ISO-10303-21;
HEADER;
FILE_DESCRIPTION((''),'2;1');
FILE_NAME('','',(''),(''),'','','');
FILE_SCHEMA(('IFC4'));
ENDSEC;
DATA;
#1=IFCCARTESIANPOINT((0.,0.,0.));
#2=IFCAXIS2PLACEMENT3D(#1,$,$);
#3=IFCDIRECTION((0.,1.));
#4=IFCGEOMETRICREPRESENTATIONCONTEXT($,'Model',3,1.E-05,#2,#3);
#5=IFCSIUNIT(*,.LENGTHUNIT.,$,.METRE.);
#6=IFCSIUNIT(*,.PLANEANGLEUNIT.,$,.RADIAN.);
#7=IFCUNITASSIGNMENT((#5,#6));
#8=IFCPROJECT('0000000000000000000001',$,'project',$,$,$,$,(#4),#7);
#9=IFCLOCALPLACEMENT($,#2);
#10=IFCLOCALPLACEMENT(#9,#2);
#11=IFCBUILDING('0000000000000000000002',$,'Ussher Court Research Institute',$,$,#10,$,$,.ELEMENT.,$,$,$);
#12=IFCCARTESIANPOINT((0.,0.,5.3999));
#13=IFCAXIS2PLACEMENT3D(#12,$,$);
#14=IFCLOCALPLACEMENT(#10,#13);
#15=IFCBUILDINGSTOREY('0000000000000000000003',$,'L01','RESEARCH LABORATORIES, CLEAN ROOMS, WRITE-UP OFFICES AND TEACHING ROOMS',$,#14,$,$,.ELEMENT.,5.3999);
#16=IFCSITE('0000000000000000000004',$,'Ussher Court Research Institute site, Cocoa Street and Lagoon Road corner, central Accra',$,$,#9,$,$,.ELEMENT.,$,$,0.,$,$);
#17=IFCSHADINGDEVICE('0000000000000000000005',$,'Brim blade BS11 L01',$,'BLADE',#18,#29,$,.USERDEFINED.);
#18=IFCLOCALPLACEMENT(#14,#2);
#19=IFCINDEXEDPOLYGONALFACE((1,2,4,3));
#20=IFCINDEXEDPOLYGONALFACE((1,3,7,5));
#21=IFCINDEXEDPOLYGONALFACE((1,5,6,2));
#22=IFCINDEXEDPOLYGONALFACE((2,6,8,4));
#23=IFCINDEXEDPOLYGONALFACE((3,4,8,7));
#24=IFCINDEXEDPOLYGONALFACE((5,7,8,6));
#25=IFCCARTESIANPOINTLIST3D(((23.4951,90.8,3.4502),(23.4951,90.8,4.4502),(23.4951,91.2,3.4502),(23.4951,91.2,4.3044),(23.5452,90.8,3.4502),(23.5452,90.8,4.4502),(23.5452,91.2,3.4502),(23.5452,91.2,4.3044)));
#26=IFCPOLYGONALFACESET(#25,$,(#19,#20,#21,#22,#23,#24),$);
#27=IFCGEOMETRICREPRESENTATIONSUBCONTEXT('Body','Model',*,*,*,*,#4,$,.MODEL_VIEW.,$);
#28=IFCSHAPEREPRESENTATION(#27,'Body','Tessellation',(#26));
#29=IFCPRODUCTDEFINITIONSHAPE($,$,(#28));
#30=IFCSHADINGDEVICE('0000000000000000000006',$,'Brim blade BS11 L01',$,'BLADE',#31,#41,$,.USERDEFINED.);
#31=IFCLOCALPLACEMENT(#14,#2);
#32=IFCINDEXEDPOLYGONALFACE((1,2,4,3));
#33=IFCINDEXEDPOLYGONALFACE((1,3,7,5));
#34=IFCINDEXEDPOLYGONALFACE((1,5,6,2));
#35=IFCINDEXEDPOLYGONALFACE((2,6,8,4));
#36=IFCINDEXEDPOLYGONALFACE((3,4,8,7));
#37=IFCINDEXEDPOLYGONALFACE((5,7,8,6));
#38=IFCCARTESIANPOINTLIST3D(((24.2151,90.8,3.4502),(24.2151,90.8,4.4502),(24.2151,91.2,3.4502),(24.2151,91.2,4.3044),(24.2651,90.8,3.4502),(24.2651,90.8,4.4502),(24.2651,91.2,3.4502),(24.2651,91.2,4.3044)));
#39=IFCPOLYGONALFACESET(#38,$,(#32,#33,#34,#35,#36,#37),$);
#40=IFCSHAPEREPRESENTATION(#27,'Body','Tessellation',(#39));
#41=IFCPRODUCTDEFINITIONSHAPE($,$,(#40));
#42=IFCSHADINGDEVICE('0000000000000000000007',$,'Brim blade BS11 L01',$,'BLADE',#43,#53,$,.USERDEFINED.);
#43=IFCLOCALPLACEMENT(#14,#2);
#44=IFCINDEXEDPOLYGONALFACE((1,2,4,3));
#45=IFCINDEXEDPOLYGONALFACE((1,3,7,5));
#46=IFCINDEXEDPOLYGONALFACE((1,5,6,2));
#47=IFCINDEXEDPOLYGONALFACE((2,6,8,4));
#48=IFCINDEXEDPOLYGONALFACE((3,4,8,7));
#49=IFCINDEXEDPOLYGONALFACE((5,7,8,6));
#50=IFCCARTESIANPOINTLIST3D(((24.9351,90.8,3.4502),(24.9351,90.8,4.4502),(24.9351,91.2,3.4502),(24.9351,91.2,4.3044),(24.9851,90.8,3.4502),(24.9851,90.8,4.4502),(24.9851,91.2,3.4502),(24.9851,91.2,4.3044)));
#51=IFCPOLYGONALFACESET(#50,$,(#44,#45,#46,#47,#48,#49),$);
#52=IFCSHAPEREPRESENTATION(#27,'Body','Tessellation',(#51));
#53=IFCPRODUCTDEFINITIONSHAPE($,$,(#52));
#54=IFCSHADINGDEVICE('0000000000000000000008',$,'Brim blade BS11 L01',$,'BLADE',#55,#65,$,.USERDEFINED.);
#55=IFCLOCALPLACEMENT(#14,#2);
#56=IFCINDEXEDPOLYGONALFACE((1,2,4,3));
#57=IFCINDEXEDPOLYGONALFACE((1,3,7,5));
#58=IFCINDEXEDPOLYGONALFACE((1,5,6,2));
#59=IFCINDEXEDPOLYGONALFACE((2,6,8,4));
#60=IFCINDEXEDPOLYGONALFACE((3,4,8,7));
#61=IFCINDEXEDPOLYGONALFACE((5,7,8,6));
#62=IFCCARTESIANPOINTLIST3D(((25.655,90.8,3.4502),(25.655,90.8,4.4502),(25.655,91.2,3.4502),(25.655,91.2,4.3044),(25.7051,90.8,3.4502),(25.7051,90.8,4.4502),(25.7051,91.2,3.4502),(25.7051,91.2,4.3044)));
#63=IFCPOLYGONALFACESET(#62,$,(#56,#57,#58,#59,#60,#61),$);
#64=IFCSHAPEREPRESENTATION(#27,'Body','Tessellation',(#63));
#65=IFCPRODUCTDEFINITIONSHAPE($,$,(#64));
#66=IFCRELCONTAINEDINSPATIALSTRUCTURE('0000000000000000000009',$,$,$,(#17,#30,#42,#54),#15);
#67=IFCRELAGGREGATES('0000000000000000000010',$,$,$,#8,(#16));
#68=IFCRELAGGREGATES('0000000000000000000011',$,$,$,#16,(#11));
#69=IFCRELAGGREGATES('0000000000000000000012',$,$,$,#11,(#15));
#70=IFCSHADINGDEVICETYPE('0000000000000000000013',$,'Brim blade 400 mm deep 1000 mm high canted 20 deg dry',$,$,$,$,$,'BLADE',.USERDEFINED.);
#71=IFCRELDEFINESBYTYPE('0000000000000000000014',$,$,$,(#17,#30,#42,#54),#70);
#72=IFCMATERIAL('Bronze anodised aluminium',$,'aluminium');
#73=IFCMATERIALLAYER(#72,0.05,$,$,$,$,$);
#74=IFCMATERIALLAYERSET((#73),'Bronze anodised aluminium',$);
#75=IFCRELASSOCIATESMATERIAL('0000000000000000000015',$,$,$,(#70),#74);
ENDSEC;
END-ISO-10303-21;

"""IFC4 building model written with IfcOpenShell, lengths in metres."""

from ifc_helpers import new_model, si_unit, direction, frame, origin, place, context, subcontext, project, spatial, polyline, outline, extrude, material, layer, layer_set, type_object, element, save


model = new_model("IFC4")

# Units and contexts
model_context = context("Model", 3, precision=1e-05, world=origin(), true_north=direction((0.0, 1.0)))
body_context = subcontext(model_context, "Body", "Model", "MODEL_VIEW")
ifc_project = project(units=[si_unit("LENGTHUNIT", "METRE"), si_unit("PLANEANGLEUNIT", "RADIAN")], contexts=[model_context])

# Site, building, storey
site_placement = place(None, origin())
site = spatial("IfcSite", under=ifc_project, at=site_placement, Name="Ussher Court Research Institute site, Cocoa Street and Lagoon Road corner, central Accra", CompositionType="ELEMENT", RefElevation=0.0)
building_placement = place(site_placement, origin())
building = spatial("IfcBuilding", under=site, at=building_placement, Name="Ussher Court Research Institute", CompositionType="ELEMENT")
storey_placement = place(building_placement, frame((0.0, 0.0, 5.3999)))
storey = spatial("IfcBuildingStorey", under=building, at=storey_placement, Name="L01", Description="RESEARCH LABORATORIES, CLEAN ROOMS, WRITE-UP OFFICES AND TEACHING ROOMS", CompositionType="ELEMENT", Elevation=5.3999)

# Shading devices
ifc_material_1 = material(Name="Bronze anodised aluminium", Category="aluminium")
ifc_layer_1 = layer(ifc_material_1, 0.05)
ifc_layer_set_1 = layer_set([ifc_layer_1], Name="Bronze anodised aluminium")
shading_device_type_1 = type_object("IfcShadingDeviceType", Name="Brim blade 400 mm deep 1000 mm high canted 20 deg dry", ElementType="BLADE", PredefinedType="USERDEFINED", material=ifc_layer_set_1)
for number, where, z_axis, x_axis, name in (
    (1, (23.52, 90.8, 3.4502), (0.0, 0.0, 1.0), (0.0, 1.0, 0.0), "Brim blade BS11 L01"),
    (2, (24.24, 90.8, 3.4502), (0.0, 0.0, 1.0), (0.0, 1.0, 0.0), "Brim blade BS11 L01"),
    (3, (24.96, 90.8, 3.4502), (0.0, 0.0, 1.0), (0.0, 1.0, 0.0), "Brim blade BS11 L01"),
    (4, (25.6799, 90.8, 3.4502), (0.0, 0.0, 1.0), (0.0, 1.0, 0.0), "Brim blade BS11 L01"),
):
    element("IfcShadingDevice", number, at=place(storey_placement, frame(where, z_axis=z_axis, x_axis=x_axis)), inside=storey, type_object=shading_device_type_1, Name=name, ObjectType="BLADE", PredefinedType="USERDEFINED", context=body_context, shape_type="SweptSolid", body=[
        extrude(outline(polyline([(0.0, 0.0), (0.3999, 0.0), (0.3999, 0.8542), (0.0, 1.0), (0.0, 0.0)])), frame((0.0, 0.0249, 0.0), z_axis=(0.0, -1.0, 0.0), x_axis=(1.0, 0.0, 0.0)), (0.0, 0.0, 1.0), 0.05),
    ])

save(model, "model.ifc")
